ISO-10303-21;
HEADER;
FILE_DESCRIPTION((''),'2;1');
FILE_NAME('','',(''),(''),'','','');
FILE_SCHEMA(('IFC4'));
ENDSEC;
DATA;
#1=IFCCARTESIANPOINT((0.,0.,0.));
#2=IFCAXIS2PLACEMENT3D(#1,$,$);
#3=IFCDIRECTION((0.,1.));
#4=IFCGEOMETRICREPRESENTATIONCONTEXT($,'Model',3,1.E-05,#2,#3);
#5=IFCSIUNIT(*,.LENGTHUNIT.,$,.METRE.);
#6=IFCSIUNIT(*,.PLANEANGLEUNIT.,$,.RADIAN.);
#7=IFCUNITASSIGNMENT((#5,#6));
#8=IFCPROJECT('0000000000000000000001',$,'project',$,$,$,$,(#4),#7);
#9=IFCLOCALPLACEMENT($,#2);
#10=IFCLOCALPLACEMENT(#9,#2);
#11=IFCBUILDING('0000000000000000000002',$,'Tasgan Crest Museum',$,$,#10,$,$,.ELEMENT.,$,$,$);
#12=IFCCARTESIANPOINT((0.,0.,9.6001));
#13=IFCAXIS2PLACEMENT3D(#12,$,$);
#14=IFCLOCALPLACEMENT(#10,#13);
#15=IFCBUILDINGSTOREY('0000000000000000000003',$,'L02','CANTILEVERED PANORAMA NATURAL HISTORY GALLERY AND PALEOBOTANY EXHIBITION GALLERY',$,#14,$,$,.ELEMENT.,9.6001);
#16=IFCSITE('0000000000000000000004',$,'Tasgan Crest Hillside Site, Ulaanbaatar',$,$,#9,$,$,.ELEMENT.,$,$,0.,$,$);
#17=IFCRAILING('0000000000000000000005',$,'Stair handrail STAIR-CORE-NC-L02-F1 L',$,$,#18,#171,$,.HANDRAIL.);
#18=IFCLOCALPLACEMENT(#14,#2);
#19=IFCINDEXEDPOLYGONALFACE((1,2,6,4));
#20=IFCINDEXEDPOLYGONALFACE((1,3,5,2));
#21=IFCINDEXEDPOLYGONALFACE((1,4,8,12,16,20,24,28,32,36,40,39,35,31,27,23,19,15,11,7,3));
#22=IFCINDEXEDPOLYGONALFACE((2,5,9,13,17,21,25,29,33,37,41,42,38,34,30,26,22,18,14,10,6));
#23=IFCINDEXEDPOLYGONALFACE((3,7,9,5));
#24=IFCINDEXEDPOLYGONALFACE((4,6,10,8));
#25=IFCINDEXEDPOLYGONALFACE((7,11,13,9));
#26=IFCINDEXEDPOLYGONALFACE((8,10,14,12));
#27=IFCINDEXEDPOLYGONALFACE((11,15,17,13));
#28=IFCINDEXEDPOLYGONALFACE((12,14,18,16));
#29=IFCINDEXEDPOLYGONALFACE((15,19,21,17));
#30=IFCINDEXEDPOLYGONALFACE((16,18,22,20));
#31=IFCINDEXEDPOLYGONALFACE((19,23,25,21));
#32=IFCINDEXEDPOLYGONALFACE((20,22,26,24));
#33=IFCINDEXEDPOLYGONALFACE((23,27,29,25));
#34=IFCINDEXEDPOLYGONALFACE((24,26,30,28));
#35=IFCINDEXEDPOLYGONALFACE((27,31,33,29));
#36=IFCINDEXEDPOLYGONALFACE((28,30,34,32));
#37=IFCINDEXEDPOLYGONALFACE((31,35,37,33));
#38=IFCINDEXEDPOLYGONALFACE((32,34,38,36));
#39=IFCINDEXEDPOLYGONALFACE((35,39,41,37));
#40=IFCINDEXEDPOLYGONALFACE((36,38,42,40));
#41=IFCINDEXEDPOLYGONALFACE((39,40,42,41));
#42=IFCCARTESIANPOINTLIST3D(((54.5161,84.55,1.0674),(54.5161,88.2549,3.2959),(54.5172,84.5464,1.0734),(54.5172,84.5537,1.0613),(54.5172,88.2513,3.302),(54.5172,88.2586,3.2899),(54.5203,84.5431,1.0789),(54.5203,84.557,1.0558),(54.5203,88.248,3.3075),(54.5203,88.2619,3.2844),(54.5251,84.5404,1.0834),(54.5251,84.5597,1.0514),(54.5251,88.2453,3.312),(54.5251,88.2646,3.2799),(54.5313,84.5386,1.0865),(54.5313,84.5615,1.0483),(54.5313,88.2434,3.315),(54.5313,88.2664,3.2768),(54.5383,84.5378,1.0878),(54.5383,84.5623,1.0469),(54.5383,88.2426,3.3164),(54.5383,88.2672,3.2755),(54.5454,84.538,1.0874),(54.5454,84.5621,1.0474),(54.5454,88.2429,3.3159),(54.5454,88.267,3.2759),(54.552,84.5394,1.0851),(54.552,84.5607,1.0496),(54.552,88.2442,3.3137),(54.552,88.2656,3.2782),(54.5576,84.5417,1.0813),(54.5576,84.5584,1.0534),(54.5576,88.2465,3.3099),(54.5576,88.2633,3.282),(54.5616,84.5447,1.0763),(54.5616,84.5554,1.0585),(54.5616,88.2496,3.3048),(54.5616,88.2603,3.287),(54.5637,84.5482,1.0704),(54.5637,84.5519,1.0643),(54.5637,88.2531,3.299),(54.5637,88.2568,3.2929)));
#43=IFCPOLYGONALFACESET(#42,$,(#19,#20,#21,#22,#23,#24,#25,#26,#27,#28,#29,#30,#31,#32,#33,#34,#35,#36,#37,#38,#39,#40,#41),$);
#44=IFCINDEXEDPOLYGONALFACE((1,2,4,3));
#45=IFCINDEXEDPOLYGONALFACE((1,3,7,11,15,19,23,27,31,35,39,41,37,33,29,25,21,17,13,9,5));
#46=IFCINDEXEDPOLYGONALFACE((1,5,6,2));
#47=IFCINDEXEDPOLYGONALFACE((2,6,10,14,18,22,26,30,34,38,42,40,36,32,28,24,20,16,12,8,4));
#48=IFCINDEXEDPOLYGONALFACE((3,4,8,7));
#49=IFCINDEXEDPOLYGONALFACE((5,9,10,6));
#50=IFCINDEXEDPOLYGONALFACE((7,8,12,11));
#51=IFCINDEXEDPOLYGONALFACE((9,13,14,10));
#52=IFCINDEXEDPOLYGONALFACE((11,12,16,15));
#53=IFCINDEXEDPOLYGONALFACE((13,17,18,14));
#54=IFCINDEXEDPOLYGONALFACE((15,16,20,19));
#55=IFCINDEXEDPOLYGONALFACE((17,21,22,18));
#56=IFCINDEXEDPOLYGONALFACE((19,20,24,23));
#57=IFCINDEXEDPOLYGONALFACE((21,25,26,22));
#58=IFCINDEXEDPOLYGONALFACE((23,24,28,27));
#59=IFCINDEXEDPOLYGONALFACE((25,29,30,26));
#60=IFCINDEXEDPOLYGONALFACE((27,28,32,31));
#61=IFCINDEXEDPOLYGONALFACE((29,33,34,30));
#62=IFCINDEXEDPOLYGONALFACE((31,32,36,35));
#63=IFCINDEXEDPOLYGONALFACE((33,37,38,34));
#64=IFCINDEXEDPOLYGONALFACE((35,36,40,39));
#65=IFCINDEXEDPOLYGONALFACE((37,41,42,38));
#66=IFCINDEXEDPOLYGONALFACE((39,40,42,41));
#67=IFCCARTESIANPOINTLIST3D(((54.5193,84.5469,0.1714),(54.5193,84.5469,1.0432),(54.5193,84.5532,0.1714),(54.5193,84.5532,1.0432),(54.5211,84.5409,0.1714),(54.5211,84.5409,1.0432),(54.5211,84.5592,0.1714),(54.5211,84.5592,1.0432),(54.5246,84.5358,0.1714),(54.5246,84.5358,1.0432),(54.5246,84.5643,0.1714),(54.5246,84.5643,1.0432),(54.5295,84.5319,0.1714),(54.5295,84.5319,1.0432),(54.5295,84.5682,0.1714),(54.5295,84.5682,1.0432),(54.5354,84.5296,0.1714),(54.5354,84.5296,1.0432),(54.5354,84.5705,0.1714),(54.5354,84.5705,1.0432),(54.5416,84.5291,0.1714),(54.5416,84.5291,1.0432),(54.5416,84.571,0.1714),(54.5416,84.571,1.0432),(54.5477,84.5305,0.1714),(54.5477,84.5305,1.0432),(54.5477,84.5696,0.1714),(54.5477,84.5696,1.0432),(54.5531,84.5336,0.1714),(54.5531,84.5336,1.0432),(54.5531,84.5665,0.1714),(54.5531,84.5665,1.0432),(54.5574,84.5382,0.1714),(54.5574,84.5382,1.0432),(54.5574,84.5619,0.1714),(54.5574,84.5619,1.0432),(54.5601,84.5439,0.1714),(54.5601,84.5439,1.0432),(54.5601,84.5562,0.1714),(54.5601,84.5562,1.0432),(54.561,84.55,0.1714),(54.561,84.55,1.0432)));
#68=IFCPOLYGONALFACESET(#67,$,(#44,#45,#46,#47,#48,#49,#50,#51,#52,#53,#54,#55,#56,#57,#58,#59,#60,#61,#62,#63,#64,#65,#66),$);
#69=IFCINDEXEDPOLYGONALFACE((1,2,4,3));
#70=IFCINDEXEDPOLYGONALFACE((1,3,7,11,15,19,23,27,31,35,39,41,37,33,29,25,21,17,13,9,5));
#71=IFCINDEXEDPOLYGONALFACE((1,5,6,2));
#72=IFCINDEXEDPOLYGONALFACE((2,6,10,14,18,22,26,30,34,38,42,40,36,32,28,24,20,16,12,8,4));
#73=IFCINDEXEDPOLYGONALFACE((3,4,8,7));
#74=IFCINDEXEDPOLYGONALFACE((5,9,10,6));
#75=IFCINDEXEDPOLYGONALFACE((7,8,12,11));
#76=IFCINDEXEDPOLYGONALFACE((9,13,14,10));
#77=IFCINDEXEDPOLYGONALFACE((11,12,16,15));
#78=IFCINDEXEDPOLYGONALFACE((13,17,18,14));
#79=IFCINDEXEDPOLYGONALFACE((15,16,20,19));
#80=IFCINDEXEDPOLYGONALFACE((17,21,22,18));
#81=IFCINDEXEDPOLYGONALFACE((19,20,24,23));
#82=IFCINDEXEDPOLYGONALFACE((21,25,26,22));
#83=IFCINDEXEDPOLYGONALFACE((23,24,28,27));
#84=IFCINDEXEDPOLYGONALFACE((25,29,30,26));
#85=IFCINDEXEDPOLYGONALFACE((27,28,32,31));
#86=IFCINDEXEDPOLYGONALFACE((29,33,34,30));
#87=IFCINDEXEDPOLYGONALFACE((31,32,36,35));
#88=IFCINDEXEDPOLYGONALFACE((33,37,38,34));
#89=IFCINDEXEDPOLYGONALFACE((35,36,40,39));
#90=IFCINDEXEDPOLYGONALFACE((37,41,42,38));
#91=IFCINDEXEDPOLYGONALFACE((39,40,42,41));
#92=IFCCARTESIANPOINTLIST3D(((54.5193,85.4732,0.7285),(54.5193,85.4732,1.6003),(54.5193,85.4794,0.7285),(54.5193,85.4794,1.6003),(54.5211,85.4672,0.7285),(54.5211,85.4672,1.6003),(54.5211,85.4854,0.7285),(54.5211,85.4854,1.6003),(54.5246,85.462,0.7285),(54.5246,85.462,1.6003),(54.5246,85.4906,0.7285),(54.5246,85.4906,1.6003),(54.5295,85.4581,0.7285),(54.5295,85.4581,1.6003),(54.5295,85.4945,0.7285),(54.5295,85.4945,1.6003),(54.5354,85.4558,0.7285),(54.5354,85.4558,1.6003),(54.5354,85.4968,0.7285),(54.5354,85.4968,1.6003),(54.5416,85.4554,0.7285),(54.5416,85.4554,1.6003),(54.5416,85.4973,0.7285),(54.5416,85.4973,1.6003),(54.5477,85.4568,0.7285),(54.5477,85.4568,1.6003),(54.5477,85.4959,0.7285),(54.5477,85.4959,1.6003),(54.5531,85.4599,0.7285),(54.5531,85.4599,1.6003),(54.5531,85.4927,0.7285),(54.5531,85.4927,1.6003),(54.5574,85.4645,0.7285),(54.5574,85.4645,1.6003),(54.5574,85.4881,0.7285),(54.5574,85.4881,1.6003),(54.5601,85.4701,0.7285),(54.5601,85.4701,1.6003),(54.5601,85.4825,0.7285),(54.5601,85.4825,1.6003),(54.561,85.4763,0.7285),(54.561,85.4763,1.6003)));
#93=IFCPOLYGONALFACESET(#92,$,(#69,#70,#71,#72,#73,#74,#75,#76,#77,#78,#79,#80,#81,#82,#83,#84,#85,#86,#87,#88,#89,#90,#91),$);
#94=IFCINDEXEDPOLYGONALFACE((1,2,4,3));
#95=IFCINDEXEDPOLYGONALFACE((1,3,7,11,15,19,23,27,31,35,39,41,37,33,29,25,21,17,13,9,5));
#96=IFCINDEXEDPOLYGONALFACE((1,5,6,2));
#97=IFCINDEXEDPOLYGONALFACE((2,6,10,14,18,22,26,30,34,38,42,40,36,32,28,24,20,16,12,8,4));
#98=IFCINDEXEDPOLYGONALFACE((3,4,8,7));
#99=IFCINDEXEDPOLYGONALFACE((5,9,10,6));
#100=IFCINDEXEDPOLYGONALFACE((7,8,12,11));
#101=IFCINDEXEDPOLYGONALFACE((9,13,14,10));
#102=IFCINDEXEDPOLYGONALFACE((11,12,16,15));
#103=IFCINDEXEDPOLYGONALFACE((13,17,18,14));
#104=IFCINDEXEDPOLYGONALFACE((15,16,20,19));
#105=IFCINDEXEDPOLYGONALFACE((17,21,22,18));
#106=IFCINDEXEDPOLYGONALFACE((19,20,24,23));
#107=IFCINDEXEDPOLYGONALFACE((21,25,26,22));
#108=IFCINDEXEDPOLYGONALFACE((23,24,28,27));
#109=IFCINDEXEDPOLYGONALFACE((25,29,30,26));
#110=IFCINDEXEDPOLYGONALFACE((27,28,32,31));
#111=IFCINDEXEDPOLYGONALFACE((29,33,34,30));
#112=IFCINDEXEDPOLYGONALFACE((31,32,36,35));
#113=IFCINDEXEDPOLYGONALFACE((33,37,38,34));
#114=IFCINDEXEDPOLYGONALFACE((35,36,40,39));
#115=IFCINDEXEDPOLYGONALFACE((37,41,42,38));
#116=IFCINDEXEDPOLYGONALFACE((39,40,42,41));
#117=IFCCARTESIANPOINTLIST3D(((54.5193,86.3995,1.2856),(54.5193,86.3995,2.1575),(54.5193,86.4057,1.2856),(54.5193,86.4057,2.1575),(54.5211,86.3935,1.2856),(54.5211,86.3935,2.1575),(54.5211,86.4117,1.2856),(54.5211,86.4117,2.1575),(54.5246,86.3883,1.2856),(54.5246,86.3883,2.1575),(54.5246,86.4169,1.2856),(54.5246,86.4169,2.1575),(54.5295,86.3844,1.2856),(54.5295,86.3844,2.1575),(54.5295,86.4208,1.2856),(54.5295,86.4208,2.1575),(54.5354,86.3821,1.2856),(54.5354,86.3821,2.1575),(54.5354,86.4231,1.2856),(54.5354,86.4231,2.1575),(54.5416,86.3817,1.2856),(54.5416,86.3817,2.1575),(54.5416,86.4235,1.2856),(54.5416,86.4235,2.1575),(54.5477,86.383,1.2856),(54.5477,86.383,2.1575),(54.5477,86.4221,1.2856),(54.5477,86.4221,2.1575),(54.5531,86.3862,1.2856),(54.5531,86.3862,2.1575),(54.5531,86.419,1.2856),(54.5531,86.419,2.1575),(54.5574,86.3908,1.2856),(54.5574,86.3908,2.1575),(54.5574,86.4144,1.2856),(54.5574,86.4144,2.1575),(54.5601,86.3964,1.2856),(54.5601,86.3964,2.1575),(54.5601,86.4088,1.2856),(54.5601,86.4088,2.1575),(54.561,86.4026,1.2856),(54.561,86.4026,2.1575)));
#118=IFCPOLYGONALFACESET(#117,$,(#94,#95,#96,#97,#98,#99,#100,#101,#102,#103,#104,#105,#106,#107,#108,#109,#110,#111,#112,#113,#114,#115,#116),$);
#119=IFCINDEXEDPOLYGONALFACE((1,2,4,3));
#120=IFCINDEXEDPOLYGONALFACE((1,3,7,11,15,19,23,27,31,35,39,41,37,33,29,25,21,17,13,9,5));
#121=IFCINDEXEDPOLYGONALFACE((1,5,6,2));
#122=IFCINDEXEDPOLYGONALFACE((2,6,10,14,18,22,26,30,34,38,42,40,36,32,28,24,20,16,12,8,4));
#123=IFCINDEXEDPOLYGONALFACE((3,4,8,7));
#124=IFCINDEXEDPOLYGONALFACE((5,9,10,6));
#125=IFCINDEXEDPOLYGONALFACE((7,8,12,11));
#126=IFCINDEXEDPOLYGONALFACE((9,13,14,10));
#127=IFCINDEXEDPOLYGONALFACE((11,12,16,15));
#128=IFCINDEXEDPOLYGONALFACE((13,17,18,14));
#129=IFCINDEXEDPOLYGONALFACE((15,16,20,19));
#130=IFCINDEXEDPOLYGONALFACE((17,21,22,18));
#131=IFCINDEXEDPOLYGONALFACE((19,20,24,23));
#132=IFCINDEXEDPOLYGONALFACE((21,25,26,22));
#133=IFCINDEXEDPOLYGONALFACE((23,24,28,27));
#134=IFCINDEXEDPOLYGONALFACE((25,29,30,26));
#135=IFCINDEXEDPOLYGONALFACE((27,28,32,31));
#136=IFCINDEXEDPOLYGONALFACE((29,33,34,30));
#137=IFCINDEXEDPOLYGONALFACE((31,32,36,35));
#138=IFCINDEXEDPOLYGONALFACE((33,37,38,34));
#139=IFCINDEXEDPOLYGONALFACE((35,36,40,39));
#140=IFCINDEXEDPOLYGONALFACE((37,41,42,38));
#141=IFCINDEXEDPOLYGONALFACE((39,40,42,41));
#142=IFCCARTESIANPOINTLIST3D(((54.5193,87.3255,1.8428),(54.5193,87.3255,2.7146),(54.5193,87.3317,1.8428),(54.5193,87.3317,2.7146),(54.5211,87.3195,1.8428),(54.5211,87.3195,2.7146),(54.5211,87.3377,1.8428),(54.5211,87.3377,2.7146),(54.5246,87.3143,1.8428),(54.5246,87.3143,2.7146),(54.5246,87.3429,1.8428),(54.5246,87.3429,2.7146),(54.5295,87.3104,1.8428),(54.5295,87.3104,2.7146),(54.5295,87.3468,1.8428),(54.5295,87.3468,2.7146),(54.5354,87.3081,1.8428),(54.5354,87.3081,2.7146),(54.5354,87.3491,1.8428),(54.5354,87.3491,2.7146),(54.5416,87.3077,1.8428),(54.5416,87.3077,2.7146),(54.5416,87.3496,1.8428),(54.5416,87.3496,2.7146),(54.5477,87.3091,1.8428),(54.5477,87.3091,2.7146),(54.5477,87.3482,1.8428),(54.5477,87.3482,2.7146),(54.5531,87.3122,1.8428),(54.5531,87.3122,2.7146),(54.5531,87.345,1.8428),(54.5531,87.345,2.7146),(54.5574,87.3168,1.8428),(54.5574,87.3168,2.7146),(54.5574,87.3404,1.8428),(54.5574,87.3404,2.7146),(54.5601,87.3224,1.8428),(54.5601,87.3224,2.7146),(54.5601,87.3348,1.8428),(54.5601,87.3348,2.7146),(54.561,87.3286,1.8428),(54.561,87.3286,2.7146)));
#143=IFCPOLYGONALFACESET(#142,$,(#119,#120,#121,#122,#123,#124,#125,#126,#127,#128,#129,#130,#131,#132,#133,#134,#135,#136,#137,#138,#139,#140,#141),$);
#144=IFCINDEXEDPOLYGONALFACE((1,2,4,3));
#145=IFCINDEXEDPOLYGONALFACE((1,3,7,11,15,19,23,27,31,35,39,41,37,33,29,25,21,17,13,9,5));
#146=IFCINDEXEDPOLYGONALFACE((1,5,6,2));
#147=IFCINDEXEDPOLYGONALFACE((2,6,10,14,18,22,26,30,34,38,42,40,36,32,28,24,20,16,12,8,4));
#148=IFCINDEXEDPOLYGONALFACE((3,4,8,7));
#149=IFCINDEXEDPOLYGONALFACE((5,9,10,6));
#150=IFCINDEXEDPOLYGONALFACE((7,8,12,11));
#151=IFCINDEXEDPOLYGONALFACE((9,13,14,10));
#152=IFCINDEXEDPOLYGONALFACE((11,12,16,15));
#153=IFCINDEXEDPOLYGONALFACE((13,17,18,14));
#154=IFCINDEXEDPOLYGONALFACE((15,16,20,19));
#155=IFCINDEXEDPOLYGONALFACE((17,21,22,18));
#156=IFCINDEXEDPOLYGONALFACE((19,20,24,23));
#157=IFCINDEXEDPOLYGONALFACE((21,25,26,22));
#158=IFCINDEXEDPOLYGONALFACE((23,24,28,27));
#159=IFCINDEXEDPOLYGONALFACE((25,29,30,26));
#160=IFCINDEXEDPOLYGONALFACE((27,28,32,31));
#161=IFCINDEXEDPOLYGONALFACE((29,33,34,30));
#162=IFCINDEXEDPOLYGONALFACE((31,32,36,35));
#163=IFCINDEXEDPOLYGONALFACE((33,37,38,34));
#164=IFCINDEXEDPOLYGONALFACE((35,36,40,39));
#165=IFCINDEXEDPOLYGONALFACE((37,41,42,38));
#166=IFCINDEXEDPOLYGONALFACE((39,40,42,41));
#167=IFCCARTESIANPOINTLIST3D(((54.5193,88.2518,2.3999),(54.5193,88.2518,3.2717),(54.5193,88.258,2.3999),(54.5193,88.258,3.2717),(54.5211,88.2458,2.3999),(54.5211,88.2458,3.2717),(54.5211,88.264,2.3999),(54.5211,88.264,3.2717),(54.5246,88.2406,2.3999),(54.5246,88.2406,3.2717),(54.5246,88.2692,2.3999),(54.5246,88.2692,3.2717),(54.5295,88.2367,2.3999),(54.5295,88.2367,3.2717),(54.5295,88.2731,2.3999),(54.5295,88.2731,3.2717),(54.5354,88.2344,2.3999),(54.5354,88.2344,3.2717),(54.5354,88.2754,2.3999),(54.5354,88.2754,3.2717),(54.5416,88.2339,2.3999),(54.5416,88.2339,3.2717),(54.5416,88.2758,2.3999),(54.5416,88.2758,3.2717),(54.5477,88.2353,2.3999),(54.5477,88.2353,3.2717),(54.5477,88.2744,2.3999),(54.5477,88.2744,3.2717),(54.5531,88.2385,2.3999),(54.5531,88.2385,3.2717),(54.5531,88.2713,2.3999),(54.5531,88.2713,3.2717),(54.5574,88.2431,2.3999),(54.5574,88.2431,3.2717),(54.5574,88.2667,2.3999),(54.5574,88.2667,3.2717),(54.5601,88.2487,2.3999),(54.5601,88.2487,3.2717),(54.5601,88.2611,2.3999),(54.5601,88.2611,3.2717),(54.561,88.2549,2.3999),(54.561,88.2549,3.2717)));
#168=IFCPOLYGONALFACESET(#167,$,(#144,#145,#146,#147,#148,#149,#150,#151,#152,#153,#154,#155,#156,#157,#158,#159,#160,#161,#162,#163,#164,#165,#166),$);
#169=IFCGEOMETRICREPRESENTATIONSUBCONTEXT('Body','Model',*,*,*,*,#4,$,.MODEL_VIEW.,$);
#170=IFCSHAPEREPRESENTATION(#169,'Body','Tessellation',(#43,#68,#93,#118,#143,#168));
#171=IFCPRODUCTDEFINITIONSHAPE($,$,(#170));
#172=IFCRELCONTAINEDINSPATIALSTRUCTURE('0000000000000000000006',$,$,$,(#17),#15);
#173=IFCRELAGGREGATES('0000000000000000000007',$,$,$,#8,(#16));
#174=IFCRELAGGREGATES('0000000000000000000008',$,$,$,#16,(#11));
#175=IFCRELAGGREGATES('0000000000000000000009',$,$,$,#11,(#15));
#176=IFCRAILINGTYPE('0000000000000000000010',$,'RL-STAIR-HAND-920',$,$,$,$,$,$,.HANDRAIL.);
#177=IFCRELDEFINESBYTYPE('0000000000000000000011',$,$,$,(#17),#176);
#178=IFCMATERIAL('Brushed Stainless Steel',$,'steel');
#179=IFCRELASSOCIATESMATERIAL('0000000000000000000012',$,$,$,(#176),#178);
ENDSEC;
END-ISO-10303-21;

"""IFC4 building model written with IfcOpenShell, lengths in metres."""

from ifc_helpers import new_model, si_unit, direction, frame, origin, origin_2d, place, context, subcontext, project, spatial, circle, extrude, material, type_object, element, save


model = new_model("IFC4")

# Units and contexts
model_context = context("Model", 3, precision=1e-05, world=origin(), true_north=direction((0.0, 1.0)))
body_context = subcontext(model_context, "Body", "Model", "MODEL_VIEW")
ifc_project = project(units=[si_unit("LENGTHUNIT", "METRE"), si_unit("PLANEANGLEUNIT", "RADIAN")], contexts=[model_context])

# Site, building, storey
site_placement = place(None, origin())
site = spatial("IfcSite", under=ifc_project, at=site_placement, Name="Tasgan Crest Hillside Site, Ulaanbaatar", CompositionType="ELEMENT", RefElevation=0.0)
building_placement = place(site_placement, origin())
building = spatial("IfcBuilding", under=site, at=building_placement, Name="Tasgan Crest Museum", CompositionType="ELEMENT")
storey_placement = place(building_placement, frame((0.0, 0.0, 9.6001)))
storey = spatial("IfcBuildingStorey", under=building, at=storey_placement, Name="L02", Description="CANTILEVERED PANORAMA NATURAL HISTORY GALLERY AND PALEOBOTANY EXHIBITION GALLERY", CompositionType="ELEMENT", Elevation=9.6001)

# Railing
ifc_material_1 = material(Name="Brushed Stainless Steel", Category="steel")
railing_type_1 = type_object("IfcRailingType", Name="RL-STAIR-HAND-920", PredefinedType="HANDRAIL", material=ifc_material_1)
for number, where, name in (
    (1, (54.54, 84.55, 0.1714), "Stair handrail STAIR-CORE-NC-L02-F1 L"),
):
    element("IfcRailing", number, at=place(storey_placement, frame(where)), inside=storey, type_object=railing_type_1, Name=name, PredefinedType="HANDRAIL", context=body_context, shape_type="SweptSolid", body=[
        extrude(circle(Radius=0.0239, at=origin_2d()), frame((0.0, 0.0, 0.896), z_axis=(0.0, 0.856919, 0.51545), x_axis=(-1.0, 0.0, 0.0)), (0.0, 0.0, 1.0), 4.3235),
        extrude(circle(Radius=0.021, at=origin_2d()), origin(), (0.0, 0.0, 1.0), 0.8718),
        extrude(circle(Radius=0.021, at=origin_2d()), frame((0.0, 0.9263, 0.5571)), (0.0, 0.0, 1.0), 0.8718),
        extrude(circle(Radius=0.021, at=origin_2d()), frame((0.0, 1.8525, 1.1143)), (0.0, 0.0, 1.0), 0.8718),
        extrude(circle(Radius=0.021, at=origin_2d()), frame((0.0, 2.7786, 1.6714)), (0.0, 0.0, 1.0), 0.8718),
        extrude(circle(Radius=0.021, at=origin_2d()), frame((0.0, 3.7048, 2.2285)), (0.0, 0.0, 1.0), 0.8718),
    ])

save(model, "model.ifc")
